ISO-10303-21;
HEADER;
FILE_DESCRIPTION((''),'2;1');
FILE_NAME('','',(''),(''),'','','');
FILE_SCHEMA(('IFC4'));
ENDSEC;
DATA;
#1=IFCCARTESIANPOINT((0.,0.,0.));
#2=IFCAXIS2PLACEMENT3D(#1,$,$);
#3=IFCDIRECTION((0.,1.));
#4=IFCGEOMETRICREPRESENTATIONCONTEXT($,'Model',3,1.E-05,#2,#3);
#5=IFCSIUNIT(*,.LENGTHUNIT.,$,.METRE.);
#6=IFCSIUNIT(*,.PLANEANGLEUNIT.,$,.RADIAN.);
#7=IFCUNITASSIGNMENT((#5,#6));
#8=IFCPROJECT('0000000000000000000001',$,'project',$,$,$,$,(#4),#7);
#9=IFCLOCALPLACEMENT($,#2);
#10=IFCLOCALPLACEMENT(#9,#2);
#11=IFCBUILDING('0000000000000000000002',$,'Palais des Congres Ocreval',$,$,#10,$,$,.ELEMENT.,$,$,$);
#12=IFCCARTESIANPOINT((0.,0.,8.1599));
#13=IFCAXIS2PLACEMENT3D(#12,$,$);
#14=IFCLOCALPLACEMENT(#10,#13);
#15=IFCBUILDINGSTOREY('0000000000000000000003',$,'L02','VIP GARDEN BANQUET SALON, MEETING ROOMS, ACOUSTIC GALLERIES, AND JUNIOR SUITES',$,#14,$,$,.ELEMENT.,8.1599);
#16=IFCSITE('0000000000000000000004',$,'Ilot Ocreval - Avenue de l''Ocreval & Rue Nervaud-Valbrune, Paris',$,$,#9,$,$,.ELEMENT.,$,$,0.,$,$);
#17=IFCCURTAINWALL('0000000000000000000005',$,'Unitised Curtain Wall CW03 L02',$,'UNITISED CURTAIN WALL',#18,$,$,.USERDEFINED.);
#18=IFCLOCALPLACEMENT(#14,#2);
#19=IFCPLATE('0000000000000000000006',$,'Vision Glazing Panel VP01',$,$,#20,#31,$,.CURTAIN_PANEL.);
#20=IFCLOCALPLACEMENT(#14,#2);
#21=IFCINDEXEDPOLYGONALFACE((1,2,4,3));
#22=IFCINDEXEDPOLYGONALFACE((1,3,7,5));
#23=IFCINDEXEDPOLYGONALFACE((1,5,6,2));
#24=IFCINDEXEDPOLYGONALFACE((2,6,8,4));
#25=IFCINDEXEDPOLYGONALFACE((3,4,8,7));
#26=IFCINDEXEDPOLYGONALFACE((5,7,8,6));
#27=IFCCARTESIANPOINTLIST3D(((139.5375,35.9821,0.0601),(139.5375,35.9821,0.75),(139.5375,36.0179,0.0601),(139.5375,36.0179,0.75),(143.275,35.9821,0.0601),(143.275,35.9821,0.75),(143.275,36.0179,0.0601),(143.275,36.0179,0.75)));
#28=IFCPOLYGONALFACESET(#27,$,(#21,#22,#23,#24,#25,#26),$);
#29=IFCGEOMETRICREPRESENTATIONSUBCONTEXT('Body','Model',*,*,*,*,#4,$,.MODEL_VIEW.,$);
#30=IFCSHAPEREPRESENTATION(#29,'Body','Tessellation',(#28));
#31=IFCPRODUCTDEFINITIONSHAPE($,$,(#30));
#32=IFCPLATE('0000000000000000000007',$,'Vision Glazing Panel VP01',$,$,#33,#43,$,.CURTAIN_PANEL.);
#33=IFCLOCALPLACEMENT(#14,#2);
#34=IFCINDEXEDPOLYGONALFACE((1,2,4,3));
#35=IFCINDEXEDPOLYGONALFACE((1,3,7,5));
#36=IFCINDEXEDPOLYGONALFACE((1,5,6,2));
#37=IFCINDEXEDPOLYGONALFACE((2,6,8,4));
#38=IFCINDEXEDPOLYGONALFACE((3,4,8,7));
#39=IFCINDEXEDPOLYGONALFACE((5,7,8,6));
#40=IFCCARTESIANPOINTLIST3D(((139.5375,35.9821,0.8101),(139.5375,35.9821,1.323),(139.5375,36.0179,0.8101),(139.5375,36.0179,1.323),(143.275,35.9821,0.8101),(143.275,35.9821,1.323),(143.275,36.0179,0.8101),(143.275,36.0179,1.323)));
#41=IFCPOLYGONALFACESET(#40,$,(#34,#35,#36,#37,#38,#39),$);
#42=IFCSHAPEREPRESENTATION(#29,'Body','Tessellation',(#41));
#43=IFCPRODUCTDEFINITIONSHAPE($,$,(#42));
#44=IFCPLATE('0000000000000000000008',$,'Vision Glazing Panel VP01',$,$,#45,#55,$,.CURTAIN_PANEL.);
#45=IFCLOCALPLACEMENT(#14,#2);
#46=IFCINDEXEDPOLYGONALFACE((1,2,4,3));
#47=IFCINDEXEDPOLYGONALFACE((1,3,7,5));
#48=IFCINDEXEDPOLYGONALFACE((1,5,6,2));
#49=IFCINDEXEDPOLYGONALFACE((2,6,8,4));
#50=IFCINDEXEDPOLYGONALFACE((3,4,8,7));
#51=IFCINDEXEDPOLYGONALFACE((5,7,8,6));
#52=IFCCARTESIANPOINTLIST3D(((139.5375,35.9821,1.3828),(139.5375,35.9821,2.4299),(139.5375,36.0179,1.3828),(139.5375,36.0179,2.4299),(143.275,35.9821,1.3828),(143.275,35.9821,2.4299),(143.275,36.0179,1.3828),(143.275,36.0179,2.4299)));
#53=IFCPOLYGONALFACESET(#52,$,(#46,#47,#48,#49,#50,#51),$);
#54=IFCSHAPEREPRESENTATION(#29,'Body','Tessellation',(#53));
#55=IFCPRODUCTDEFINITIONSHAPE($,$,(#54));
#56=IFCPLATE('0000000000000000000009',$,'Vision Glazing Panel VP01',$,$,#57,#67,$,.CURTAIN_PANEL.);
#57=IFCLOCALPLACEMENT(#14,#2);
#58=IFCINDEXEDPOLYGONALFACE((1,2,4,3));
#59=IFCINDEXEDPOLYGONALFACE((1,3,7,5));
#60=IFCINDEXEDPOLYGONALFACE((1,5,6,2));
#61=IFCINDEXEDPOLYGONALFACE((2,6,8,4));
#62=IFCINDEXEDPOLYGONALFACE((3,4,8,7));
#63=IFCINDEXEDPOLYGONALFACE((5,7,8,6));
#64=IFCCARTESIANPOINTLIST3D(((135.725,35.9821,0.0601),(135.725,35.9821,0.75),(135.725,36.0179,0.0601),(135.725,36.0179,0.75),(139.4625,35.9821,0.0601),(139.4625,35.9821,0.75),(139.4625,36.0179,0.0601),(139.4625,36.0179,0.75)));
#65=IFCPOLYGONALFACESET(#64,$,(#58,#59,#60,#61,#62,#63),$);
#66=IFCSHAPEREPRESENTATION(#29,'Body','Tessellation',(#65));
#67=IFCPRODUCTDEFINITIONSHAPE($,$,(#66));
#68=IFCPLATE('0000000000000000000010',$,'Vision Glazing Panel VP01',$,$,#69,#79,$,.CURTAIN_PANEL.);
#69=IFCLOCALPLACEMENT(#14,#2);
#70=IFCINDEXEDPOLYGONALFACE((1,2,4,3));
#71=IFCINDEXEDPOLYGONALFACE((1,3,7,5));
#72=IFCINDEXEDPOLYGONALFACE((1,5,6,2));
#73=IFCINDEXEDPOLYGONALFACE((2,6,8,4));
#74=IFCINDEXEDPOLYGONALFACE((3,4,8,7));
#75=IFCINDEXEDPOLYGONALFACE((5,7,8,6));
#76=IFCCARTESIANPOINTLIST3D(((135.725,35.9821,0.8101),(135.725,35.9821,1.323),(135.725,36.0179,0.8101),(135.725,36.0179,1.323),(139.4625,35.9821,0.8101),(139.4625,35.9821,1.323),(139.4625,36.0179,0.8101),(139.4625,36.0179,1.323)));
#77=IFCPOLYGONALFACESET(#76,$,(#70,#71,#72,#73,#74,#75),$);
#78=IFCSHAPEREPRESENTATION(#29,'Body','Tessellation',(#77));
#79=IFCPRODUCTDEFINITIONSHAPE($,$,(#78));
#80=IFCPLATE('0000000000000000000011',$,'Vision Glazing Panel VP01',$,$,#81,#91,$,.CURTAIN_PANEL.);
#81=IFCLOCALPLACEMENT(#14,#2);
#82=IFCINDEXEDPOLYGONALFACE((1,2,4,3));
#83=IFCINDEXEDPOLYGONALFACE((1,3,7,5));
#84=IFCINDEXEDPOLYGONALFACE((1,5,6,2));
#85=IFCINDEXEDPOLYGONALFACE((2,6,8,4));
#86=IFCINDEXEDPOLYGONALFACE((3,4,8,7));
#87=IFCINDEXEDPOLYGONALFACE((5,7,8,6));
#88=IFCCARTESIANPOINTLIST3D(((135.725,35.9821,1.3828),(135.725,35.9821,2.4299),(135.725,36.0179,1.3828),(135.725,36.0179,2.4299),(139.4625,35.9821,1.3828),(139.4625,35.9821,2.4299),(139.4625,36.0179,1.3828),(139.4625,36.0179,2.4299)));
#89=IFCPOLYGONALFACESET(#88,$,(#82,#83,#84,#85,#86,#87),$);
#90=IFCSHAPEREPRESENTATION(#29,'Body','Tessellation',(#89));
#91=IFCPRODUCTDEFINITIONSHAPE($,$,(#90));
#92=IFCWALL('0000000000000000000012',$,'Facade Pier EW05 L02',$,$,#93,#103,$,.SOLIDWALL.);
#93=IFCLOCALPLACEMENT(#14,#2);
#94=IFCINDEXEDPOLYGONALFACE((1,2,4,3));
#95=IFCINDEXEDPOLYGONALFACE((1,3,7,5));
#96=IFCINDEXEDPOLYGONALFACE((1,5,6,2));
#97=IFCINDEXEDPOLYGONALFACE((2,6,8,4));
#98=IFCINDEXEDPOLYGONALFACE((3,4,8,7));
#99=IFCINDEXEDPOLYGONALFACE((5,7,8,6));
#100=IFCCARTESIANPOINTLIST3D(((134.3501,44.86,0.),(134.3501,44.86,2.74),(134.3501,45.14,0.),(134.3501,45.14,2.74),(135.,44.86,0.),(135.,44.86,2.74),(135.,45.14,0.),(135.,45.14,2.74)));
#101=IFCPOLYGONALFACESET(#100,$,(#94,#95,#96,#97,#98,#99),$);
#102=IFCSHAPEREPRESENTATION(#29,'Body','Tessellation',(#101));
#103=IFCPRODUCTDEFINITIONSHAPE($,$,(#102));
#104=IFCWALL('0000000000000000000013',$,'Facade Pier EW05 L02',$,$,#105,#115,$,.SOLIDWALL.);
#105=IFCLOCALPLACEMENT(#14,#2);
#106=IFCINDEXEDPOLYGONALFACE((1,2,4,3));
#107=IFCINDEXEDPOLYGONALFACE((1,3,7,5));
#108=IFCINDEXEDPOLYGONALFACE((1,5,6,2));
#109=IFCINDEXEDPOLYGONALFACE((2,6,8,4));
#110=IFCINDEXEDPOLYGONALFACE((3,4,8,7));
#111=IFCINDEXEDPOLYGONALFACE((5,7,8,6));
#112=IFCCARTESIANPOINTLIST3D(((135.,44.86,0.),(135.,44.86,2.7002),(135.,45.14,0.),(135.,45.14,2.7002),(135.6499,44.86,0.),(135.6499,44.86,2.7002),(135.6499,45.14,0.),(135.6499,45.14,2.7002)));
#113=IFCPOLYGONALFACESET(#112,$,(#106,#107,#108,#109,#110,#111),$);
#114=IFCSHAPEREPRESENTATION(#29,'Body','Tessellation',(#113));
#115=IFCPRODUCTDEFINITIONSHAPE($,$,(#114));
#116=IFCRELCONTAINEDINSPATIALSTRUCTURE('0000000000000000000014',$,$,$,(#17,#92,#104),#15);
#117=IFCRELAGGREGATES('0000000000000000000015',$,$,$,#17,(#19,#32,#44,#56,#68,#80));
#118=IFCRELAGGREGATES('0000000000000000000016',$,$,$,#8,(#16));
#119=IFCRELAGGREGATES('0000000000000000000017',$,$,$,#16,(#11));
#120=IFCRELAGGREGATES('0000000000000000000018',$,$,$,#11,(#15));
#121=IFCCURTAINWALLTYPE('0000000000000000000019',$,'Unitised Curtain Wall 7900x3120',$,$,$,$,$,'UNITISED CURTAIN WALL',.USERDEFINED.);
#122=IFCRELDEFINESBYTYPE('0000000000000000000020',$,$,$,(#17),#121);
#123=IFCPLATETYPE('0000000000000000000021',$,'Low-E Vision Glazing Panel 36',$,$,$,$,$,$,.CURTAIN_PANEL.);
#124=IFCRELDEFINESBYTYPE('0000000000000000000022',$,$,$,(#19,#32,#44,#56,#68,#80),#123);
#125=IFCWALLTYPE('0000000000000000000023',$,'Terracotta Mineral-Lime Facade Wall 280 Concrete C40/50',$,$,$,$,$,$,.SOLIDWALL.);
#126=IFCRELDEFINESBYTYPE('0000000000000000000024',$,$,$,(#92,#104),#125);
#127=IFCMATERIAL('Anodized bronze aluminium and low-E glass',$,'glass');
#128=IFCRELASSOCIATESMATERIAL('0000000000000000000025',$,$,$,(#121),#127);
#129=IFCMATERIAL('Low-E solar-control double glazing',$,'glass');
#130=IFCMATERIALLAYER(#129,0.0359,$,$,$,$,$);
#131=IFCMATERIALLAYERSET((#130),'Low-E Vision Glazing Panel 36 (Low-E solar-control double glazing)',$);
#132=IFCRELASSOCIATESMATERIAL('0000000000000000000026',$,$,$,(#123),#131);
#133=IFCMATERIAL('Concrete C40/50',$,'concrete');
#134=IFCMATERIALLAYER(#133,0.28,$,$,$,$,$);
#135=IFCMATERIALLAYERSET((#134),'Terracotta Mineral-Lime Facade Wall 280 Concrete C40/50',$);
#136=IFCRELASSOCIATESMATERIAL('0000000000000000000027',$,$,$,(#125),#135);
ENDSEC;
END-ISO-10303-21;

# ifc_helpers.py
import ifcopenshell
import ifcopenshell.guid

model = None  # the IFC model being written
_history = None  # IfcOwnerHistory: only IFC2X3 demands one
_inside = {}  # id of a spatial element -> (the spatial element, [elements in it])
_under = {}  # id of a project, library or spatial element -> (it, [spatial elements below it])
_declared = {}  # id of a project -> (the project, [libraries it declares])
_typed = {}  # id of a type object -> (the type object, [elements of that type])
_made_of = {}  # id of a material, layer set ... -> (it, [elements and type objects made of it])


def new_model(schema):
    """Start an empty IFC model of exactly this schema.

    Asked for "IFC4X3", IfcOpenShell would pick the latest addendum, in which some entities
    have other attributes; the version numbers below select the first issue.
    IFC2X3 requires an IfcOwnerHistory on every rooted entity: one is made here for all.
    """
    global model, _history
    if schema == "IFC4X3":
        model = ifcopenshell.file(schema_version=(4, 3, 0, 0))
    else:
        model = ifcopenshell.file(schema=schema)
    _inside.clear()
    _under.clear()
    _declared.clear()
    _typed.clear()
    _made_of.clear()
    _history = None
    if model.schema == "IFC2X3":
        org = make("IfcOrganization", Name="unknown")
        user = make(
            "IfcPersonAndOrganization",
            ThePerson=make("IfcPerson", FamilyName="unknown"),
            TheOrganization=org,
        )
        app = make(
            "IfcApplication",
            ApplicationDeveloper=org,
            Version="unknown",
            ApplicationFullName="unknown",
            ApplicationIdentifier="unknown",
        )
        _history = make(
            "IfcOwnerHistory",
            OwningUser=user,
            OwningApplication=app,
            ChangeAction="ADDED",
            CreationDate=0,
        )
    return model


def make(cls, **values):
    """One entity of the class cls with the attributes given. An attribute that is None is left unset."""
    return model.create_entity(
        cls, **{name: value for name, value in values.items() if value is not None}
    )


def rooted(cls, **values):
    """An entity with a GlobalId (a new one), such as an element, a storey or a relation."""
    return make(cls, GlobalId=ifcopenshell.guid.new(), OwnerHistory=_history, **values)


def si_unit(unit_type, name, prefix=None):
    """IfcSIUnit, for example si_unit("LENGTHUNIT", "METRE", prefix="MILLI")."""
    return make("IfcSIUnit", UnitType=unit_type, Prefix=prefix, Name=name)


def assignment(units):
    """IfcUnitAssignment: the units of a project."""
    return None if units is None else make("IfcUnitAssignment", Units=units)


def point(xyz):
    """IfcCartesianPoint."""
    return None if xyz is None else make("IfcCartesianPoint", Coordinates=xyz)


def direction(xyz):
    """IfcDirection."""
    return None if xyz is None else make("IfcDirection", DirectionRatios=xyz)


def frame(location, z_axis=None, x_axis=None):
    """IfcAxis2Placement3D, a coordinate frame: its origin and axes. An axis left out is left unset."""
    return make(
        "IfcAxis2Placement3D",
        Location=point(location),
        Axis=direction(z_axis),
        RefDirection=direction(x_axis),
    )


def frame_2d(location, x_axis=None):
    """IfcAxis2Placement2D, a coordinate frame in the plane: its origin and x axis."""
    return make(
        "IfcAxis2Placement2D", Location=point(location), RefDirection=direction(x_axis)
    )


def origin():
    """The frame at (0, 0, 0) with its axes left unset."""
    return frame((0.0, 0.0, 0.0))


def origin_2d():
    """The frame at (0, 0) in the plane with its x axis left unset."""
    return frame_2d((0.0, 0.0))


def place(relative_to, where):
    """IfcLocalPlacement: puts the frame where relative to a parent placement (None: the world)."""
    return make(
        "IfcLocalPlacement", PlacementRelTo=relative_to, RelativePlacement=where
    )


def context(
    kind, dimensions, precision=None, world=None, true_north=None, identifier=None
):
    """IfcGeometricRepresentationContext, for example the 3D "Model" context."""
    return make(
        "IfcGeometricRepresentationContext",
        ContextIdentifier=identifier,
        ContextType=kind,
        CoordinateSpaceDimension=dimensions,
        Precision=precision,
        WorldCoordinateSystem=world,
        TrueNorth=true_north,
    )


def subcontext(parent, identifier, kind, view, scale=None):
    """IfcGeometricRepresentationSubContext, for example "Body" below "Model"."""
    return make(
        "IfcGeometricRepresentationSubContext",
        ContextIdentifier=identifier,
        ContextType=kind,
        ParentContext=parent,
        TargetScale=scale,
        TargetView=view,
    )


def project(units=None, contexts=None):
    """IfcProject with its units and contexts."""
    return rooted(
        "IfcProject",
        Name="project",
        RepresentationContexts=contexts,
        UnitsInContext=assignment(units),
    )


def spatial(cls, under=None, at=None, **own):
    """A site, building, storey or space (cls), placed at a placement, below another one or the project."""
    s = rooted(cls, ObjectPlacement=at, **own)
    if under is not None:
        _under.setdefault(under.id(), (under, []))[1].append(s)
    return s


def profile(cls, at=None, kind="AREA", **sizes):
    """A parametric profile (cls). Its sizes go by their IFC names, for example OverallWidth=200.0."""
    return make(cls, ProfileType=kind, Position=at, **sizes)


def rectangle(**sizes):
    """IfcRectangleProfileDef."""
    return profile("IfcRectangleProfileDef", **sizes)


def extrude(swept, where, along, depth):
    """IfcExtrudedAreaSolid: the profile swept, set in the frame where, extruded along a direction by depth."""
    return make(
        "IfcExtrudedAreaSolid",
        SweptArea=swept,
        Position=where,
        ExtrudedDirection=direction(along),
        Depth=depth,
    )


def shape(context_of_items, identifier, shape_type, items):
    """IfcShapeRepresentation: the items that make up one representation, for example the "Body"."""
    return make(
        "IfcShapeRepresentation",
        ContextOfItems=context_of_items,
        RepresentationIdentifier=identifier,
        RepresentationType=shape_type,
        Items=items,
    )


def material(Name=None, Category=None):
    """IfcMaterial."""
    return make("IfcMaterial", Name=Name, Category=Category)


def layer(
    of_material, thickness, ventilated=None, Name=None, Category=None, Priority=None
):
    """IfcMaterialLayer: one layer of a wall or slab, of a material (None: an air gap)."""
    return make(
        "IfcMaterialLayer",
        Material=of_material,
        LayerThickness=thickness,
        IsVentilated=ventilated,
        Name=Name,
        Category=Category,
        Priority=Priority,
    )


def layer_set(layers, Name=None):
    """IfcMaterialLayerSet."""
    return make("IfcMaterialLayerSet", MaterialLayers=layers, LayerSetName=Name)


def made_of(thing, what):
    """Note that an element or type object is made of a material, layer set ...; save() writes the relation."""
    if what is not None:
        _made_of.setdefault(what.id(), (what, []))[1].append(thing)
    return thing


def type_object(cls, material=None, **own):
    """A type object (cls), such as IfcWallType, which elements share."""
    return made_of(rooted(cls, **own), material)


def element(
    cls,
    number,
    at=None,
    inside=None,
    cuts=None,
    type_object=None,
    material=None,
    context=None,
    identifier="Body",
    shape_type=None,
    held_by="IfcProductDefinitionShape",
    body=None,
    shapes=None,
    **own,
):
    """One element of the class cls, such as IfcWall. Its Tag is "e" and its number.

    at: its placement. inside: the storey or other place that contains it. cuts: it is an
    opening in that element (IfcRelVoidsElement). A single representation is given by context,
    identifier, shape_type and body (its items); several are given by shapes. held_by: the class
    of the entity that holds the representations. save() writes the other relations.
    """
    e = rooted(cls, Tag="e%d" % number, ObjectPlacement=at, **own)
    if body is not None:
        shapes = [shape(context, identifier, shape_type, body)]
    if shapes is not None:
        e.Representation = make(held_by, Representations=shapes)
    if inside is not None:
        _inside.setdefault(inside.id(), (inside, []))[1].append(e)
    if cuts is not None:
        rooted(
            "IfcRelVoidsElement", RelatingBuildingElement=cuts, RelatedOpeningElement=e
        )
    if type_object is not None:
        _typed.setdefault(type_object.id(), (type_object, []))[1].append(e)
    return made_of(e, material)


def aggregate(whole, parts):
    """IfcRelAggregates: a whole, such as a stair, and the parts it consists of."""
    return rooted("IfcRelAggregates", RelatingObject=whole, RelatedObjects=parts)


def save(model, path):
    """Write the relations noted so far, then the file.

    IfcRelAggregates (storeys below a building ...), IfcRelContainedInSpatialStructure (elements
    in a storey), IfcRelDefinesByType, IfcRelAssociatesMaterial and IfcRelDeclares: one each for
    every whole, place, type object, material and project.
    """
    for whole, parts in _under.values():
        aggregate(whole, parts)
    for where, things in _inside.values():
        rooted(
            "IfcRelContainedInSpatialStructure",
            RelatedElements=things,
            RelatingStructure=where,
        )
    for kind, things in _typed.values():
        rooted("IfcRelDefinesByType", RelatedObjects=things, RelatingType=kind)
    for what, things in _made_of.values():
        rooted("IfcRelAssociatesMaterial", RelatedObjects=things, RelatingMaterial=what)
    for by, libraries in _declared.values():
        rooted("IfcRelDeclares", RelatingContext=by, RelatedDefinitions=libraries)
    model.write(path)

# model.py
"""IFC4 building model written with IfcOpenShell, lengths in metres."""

from ifc_helpers import new_model, si_unit, direction, frame, frame_2d, origin, origin_2d, place, context, subcontext, project, spatial, rectangle, extrude, material, layer, layer_set, type_object, element, aggregate, save


model = new_model("IFC4")

# Units and contexts
model_context = context("Model", 3, precision=1e-05, world=origin(), true_north=direction((0.0, 1.0)))
body_context = subcontext(model_context, "Body", "Model", "MODEL_VIEW")
ifc_project = project(units=[si_unit("LENGTHUNIT", "METRE"), si_unit("PLANEANGLEUNIT", "RADIAN")], contexts=[model_context])

# Site, building, storey
site_placement = place(None, origin())
site = spatial("IfcSite", under=ifc_project, at=site_placement, Name="Ilot Ocreval - Avenue de l'Ocreval & Rue Nervaud-Valbrune, Paris", CompositionType="ELEMENT", RefElevation=0.0)
building_placement = place(site_placement, origin())
building = spatial("IfcBuilding", under=site, at=building_placement, Name="Palais des Congres Ocreval", CompositionType="ELEMENT")
storey_placement = place(building_placement, frame((0.0, 0.0, 8.1599)))
storey = spatial("IfcBuildingStorey", under=building, at=storey_placement, Name="L02", Description="VIP GARDEN BANQUET SALON, MEETING ROOMS, ACOUSTIC GALLERIES, AND JUNIOR SUITES", CompositionType="ELEMENT", Elevation=8.1599)

# Shared definitions
ifc_material_1 = material(Name="Anodized bronze aluminium and low-E glass", Category="glass")
curtain_wall_type = type_object("IfcCurtainWallType", Name="Unitised Curtain Wall 7900x3120", ElementType="UNITISED CURTAIN WALL", PredefinedType="USERDEFINED", material=ifc_material_1)

# Curtain wall
curtain_wall_1_placement = place(storey_placement, origin())
curtain_wall_1 = element("IfcCurtainWall", 1, at=curtain_wall_1_placement, inside=storey, type_object=curtain_wall_type, Name="Unitised Curtain Wall CW03 L02", ObjectType="UNITISED CURTAIN WALL", PredefinedType="USERDEFINED")

# Plates
ifc_material_2 = material(Name="Low-E solar-control double glazing", Category="glass")
ifc_layer_1 = layer(ifc_material_2, 0.0359)
ifc_layer_set_1 = layer_set([ifc_layer_1], Name="Low-E Vision Glazing Panel 36 (Low-E solar-control double glazing)")
plate_type_1 = type_object("IfcPlateType", Name="Low-E Vision Glazing Panel 36", PredefinedType="CURTAIN_PANEL", material=ifc_layer_set_1)
plate_1_placement = place(storey_placement, frame((141.4062, 36.0, 0.0601), z_axis=(0.0, 0.0, 1.0), x_axis=(-1.0, 0.0, 0.0)))
plate_1 = element("IfcPlate", 2, at=plate_1_placement, type_object=plate_type_1, Name="Vision Glazing Panel VP01", PredefinedType="CURTAIN_PANEL", context=body_context, shape_type="SweptSolid", body=[
    extrude(rectangle(XDim=3.7375, YDim=0.0359, at=origin_2d()), origin(), (0.0, 0.0, 1.0), 0.6899),
])
plate_2_placement = place(storey_placement, frame((141.4062, 36.0, 0.8101), z_axis=(0.0, 0.0, 1.0), x_axis=(-1.0, 0.0, 0.0)))
plate_2 = element("IfcPlate", 3, at=plate_2_placement, type_object=plate_type_1, Name="Vision Glazing Panel VP01", PredefinedType="CURTAIN_PANEL", context=body_context, shape_type="SweptSolid", body=[
    extrude(rectangle(XDim=3.7375, YDim=0.0359, at=origin_2d()), origin(), (0.0, 0.0, 1.0), 0.5129),
])
plate_3_placement = place(storey_placement, frame((141.4062, 36.0, 1.3828), z_axis=(0.0, 0.0, 1.0), x_axis=(-1.0, 0.0, 0.0)))
plate_3 = element("IfcPlate", 4, at=plate_3_placement, type_object=plate_type_1, Name="Vision Glazing Panel VP01", PredefinedType="CURTAIN_PANEL", context=body_context, shape_type="SweptSolid", body=[
    extrude(rectangle(XDim=3.7375, YDim=0.0359, at=origin_2d()), origin(), (0.0, 0.0, 1.0), 1.0471),
])
plate_4_placement = place(storey_placement, frame((137.5938, 36.0, 0.0601), z_axis=(0.0, 0.0, 1.0), x_axis=(-1.0, 0.0, 0.0)))
plate_4 = element("IfcPlate", 5, at=plate_4_placement, type_object=plate_type_1, Name="Vision Glazing Panel VP01", PredefinedType="CURTAIN_PANEL", context=body_context, shape_type="SweptSolid", body=[
    extrude(rectangle(XDim=3.7375, YDim=0.0359, at=origin_2d()), origin(), (0.0, 0.0, 1.0), 0.6899),
])
plate_5_placement = place(storey_placement, frame((137.5938, 36.0, 0.8101), z_axis=(0.0, 0.0, 1.0), x_axis=(-1.0, 0.0, 0.0)))
plate_5 = element("IfcPlate", 6, at=plate_5_placement, type_object=plate_type_1, Name="Vision Glazing Panel VP01", PredefinedType="CURTAIN_PANEL", context=body_context, shape_type="SweptSolid", body=[
    extrude(rectangle(XDim=3.7375, YDim=0.0359, at=origin_2d()), origin(), (0.0, 0.0, 1.0), 0.5129),
])
plate_6_placement = place(storey_placement, frame((137.5938, 36.0, 1.3828), z_axis=(0.0, 0.0, 1.0), x_axis=(-1.0, 0.0, 0.0)))
plate_6 = element("IfcPlate", 7, at=plate_6_placement, type_object=plate_type_1, Name="Vision Glazing Panel VP01", PredefinedType="CURTAIN_PANEL", context=body_context, shape_type="SweptSolid", body=[
    extrude(rectangle(XDim=3.7375, YDim=0.0359, at=origin_2d()), origin(), (0.0, 0.0, 1.0), 1.0471),
])
aggregate(curtain_wall_1, [plate_1, plate_2, plate_3, plate_4, plate_5, plate_6])

# Walls
ifc_material_3 = material(Name="Concrete C40/50", Category="concrete")
ifc_layer_2 = layer(ifc_material_3, 0.28)
ifc_layer_set_2 = layer_set([ifc_layer_2], Name="Terracotta Mineral-Lime Facade Wall 280 Concrete C40/50")
wall_type = type_object("IfcWallType", Name="Terracotta Mineral-Lime Facade Wall 280 Concrete C40/50", PredefinedType="SOLIDWALL", material=ifc_layer_set_2)
wall_1_placement = place(storey_placement, frame((134.3501, 45.0, 0.0), z_axis=(0.0, 0.0, 1.0), x_axis=(1.0, 0.0, 0.0)))
element("IfcWall", 8, at=wall_1_placement, inside=storey, type_object=wall_type, Name="Facade Pier EW05 L02", PredefinedType="SOLIDWALL", context=body_context, shape_type="SweptSolid", body=[
    extrude(rectangle(XDim=0.6499, YDim=0.28, at=frame_2d((0.325, 0.0))), origin(), (0.0, 0.0, 1.0), 2.74),
])
wall_2_placement = place(storey_placement, frame((135.0, 45.0, 0.0), z_axis=(0.0, 0.0, 1.0), x_axis=(1.0, 0.0, 0.0)))
element("IfcWall", 9, at=wall_2_placement, inside=storey, type_object=wall_type, Name="Facade Pier EW05 L02", PredefinedType="SOLIDWALL", context=body_context, shape_type="SweptSolid", body=[
    extrude(rectangle(XDim=0.6499, YDim=0.28, at=frame_2d((0.325, 0.0))), origin(), (0.0, 0.0, 1.0), 2.7002),
])

save(model, "model.ifc")
